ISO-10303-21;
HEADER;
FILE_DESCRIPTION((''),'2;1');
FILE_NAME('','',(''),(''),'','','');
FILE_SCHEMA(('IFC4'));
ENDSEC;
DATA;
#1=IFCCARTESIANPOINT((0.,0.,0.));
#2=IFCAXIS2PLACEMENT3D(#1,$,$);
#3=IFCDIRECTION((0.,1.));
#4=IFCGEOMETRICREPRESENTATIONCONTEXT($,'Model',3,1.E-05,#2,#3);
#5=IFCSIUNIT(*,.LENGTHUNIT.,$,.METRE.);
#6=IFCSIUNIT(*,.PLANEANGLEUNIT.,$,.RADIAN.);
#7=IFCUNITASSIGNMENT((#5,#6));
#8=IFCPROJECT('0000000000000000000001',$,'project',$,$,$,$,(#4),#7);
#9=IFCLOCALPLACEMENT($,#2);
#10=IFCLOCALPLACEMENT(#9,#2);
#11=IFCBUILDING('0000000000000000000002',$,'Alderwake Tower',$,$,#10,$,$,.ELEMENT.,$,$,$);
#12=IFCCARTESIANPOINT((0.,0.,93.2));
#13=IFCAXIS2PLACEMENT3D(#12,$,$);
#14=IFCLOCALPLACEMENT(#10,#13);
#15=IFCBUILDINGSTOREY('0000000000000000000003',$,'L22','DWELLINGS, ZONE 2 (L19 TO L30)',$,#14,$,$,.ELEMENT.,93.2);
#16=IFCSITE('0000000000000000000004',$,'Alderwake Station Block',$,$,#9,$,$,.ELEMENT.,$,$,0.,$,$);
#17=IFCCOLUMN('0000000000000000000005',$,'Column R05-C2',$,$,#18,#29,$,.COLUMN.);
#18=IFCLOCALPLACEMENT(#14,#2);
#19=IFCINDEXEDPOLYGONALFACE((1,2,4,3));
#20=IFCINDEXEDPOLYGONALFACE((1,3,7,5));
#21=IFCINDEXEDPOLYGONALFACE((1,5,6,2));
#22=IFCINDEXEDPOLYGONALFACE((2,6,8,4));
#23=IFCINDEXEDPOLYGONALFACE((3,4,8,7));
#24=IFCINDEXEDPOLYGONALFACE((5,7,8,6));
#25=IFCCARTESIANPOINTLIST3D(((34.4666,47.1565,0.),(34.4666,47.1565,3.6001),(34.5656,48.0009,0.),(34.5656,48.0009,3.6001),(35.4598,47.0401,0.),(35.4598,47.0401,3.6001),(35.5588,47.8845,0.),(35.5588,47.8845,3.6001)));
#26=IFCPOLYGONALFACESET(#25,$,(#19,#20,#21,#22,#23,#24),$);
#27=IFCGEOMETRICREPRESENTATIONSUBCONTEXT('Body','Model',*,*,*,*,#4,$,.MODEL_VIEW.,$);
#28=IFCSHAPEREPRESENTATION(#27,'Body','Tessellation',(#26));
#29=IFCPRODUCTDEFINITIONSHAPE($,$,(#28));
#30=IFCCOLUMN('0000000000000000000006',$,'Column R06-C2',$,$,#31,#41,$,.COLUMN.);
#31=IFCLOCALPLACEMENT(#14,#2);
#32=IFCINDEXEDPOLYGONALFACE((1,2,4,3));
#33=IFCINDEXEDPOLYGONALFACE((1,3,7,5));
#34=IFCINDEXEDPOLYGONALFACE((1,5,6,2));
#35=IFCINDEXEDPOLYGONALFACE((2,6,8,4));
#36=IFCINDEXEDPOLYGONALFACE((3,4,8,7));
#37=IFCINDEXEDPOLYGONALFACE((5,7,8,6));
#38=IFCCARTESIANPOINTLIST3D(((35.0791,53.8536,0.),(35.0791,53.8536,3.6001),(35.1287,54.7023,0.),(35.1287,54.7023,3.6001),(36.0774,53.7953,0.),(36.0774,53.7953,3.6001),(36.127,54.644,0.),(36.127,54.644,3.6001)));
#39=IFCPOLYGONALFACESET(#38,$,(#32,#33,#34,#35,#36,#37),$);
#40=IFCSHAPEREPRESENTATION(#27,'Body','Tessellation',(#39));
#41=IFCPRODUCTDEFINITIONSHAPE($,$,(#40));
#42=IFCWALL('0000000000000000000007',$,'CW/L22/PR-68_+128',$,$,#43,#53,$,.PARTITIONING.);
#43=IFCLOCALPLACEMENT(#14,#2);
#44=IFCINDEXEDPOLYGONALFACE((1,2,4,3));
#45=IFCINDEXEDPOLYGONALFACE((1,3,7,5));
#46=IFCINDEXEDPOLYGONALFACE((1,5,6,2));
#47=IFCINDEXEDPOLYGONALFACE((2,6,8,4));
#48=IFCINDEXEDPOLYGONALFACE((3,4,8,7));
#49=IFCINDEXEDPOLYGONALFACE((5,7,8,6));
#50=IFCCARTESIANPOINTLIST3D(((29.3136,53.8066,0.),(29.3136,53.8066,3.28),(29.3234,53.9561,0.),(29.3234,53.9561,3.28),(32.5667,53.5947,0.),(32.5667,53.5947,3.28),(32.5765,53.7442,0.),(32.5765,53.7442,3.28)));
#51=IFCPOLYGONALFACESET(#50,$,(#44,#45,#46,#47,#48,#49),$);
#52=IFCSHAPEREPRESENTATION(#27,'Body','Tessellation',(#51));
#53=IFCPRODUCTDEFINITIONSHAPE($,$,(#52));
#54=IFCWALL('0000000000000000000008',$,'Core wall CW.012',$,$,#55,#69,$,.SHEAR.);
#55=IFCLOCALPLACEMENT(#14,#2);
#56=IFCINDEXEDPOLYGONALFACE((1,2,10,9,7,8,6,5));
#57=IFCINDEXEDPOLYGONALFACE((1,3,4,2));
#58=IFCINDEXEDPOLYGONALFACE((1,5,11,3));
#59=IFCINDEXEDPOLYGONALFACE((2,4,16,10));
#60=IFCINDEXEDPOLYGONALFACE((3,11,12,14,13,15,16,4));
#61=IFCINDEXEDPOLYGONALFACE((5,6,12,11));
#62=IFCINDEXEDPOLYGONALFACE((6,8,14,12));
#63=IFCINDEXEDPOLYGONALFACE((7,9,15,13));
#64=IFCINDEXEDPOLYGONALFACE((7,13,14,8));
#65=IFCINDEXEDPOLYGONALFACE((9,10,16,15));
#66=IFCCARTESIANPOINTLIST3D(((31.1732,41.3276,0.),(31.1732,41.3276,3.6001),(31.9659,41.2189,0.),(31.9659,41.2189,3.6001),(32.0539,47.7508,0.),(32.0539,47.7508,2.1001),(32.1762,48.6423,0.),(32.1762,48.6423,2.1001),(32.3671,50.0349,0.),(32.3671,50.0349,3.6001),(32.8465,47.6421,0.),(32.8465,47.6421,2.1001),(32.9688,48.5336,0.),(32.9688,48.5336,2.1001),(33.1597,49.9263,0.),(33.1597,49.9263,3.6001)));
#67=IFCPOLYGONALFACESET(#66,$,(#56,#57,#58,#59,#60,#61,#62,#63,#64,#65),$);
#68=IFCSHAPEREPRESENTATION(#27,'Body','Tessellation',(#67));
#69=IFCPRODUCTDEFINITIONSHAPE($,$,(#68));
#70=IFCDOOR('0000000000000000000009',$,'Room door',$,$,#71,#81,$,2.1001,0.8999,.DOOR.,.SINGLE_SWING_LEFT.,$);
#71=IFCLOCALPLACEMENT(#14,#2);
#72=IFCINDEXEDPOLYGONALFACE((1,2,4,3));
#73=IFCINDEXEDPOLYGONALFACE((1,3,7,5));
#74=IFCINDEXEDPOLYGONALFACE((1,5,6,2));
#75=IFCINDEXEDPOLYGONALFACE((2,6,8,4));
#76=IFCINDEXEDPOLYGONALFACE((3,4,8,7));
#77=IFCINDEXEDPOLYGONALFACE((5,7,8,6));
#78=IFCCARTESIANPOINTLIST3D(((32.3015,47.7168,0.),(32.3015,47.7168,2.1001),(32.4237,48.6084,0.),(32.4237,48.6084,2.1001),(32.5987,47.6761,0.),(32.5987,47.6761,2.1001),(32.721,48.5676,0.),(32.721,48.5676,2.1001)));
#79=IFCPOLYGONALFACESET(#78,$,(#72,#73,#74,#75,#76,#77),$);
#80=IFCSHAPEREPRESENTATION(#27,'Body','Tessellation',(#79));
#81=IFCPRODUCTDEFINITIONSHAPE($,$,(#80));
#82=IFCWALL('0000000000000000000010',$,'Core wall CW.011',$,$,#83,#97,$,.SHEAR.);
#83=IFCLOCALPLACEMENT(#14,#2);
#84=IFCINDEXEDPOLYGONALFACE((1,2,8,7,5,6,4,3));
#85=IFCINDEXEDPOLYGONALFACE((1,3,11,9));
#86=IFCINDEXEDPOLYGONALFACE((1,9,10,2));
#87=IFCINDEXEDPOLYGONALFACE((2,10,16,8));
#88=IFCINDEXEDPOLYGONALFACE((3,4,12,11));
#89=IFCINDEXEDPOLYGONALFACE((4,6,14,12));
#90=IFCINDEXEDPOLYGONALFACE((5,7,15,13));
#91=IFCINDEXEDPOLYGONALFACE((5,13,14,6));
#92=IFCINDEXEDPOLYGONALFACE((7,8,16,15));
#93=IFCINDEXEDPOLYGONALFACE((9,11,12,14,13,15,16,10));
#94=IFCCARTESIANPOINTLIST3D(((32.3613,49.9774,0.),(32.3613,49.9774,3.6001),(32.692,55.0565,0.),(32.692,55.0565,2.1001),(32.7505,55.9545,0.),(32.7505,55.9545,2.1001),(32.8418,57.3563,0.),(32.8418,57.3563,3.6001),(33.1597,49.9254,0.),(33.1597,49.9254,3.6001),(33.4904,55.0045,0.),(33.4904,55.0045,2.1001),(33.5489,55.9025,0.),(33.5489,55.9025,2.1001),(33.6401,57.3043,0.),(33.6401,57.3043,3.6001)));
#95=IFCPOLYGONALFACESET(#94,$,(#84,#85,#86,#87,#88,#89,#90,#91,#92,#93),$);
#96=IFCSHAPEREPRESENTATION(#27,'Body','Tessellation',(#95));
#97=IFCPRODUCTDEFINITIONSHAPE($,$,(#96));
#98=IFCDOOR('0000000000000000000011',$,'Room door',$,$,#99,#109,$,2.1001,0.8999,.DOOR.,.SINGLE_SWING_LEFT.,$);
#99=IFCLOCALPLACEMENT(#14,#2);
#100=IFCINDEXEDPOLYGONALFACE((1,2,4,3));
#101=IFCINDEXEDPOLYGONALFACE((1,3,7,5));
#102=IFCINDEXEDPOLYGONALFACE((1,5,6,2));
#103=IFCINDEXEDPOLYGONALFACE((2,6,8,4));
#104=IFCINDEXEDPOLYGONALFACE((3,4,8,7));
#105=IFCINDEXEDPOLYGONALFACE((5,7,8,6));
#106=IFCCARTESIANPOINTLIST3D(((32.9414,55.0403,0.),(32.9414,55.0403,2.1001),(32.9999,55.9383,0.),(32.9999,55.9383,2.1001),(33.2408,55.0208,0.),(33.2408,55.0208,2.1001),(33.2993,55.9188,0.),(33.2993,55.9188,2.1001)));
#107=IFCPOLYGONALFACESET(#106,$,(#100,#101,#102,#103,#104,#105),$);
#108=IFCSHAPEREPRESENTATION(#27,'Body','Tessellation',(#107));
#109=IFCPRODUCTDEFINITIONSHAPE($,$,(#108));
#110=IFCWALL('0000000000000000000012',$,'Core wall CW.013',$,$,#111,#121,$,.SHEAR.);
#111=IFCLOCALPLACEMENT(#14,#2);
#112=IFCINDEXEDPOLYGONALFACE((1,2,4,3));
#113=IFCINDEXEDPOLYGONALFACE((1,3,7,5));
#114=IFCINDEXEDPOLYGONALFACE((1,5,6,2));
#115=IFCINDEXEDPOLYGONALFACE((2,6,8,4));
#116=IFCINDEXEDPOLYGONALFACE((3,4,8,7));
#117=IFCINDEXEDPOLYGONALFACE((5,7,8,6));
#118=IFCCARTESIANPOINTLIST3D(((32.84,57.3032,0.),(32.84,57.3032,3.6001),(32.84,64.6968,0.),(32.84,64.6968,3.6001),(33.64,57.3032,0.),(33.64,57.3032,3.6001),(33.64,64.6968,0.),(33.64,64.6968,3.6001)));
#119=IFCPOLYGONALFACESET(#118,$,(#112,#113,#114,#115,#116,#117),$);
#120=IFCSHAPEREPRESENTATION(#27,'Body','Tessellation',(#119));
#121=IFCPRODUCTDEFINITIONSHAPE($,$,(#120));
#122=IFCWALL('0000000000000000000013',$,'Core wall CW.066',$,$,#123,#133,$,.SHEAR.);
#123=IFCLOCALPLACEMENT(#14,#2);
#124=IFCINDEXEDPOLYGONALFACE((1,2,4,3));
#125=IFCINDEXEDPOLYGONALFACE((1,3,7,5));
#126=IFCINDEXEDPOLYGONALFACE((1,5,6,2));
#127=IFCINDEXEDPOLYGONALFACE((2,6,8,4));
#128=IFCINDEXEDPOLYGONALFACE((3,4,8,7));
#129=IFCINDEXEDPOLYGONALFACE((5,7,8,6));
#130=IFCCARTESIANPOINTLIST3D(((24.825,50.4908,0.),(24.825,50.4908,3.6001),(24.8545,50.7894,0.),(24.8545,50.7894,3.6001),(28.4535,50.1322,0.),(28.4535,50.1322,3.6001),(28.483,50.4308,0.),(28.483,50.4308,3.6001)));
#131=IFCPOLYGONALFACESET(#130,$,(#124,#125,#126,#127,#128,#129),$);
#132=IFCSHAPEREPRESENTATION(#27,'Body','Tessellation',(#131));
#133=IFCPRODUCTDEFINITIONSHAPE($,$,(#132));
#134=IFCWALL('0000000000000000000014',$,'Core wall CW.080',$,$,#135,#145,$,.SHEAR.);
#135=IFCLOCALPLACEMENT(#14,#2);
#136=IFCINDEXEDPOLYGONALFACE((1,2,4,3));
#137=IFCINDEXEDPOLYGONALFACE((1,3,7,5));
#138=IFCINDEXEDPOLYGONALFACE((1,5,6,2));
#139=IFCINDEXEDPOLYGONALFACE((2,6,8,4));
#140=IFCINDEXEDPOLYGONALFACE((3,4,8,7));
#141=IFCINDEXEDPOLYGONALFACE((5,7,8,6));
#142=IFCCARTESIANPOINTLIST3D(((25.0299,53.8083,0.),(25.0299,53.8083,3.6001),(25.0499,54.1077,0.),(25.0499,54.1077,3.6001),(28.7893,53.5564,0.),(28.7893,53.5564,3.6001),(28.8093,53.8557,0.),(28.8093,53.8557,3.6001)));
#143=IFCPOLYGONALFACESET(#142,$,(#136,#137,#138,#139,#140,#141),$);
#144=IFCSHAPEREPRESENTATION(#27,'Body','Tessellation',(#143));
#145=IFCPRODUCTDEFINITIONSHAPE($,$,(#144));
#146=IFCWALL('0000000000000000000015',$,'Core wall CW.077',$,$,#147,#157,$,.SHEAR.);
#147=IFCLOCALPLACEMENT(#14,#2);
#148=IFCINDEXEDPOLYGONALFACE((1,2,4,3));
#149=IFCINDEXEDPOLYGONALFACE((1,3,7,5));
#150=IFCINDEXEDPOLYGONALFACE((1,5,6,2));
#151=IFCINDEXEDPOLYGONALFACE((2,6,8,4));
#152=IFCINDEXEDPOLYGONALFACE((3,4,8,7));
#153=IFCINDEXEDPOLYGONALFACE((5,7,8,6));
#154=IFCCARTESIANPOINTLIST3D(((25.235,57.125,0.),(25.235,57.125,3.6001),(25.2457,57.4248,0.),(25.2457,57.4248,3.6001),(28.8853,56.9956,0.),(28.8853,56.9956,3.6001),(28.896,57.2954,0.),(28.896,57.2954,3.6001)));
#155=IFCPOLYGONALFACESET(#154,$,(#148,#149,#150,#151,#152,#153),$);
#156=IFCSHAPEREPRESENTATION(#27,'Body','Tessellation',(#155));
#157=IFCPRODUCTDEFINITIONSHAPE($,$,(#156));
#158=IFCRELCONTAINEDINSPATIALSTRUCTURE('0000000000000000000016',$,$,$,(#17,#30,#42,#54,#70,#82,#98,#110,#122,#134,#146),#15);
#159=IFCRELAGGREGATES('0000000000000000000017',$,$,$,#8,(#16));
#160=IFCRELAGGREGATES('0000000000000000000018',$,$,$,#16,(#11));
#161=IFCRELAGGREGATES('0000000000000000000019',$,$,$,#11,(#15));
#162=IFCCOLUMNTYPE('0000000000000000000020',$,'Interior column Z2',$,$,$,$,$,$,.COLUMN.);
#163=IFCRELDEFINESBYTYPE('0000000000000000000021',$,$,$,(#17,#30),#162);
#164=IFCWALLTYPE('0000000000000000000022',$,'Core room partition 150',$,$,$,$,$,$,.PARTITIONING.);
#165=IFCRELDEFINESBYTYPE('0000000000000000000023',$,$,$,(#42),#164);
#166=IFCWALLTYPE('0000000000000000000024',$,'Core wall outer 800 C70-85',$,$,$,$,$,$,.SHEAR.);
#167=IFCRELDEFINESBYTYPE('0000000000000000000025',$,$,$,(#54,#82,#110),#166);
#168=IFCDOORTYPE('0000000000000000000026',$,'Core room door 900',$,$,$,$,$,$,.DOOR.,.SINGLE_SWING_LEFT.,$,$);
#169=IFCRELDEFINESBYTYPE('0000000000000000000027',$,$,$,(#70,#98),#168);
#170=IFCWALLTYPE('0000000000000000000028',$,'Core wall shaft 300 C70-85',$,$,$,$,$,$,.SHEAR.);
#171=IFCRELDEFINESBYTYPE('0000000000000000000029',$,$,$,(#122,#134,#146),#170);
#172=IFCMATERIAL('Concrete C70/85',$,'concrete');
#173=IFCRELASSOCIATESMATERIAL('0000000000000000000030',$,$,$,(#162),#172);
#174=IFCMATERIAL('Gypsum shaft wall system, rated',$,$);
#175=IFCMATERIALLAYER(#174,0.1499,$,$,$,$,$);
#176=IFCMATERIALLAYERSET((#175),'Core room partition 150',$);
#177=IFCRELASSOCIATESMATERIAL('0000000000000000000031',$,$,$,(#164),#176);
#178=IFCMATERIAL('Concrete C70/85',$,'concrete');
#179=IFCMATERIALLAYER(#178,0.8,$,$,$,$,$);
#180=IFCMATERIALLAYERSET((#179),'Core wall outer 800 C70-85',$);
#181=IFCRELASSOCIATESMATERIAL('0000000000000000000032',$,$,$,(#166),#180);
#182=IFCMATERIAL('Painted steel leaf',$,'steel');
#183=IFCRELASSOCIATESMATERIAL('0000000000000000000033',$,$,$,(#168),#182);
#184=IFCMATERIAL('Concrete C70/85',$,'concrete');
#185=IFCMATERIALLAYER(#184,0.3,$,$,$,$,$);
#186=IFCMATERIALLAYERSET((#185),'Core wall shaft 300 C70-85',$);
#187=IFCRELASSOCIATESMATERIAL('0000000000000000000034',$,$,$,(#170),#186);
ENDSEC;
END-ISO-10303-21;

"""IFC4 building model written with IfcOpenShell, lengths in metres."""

from ifc_helpers import new_model, si_unit, direction, frame, frame_2d, origin, origin_2d, place, context, subcontext, project, spatial, rectangle, extrude, material, layer, layer_set, material_profile, profile_set, type_object, element, fill, save


model = new_model("IFC4")

# Units and contexts
model_context = context("Model", 3, precision=1e-05, world=origin(), true_north=direction((0.0, 1.0)))
body_context = subcontext(model_context, "Body", "Model", "MODEL_VIEW")
ifc_project = project(units=[si_unit("LENGTHUNIT", "METRE"), si_unit("PLANEANGLEUNIT", "RADIAN")], contexts=[model_context])

# Site, building, storey
site_placement = place(None, origin())
site = spatial("IfcSite", under=ifc_project, at=site_placement, Name="Alderwake Station Block", CompositionType="ELEMENT", RefElevation=0.0)
building_placement = place(site_placement, origin())
building = spatial("IfcBuilding", under=site, at=building_placement, Name="Alderwake Tower", CompositionType="ELEMENT")
storey_placement = place(building_placement, frame((0.0, 0.0, 93.2)))
storey = spatial("IfcBuildingStorey", under=building, at=storey_placement, Name="L22", Description="DWELLINGS, ZONE 2 (L19 TO L30)", CompositionType="ELEMENT", Elevation=93.2)

# Columns
ifc_material_1 = material(Name="Concrete C70/85", Category="concrete")
ifc_material_profile = material_profile(ifc_material_1, rectangle(XDim=0.8501, YDim=1.0, at=origin_2d()), Name="RC 1000X850")
ifc_profile_set = profile_set([ifc_material_profile], Name="Concrete C70/85")
column_type = type_object("IfcColumnType", Name="Interior column Z2", PredefinedType="COLUMN", material=ifc_profile_set)
for number, where, z_axis, x_axis, name in (
    (1, (35.0127, 47.5205, 0.0), (0.0, 0.0, 1.0), (0.116402, 0.993202, 0.0), "Column R05-C2"),
    (2, (35.603, 54.2488, 0.0), (0.0, 0.0, 1.0), (0.058301, 0.998299, 0.0), "Column R06-C2"),
):
    element("IfcColumn", number, at=place(storey_placement, frame(where, z_axis=z_axis, x_axis=x_axis)), inside=storey, type_object=column_type, Name=name, PredefinedType="COLUMN", context=body_context, shape_type="SweptSolid", body=[
        extrude(rectangle(XDim=0.8501, YDim=1.0, at=origin_2d()), origin(), (0.0, 0.0, 1.0), 3.6001),
    ])

# Wall
ifc_material_2 = material(Name="Gypsum shaft wall system, rated")
ifc_layer_1 = layer(ifc_material_2, 0.1499)
ifc_layer_set_1 = layer_set([ifc_layer_1], Name="Core room partition 150")
wall_type_1 = type_object("IfcWallType", Name="Core room partition 150", PredefinedType="PARTITIONING", material=ifc_layer_set_1)
wall_1_placement = place(storey_placement, frame((29.3186, 53.8813, 0.0), z_axis=(0.0, 0.0, 1.0), x_axis=(0.997885, -0.065003, 0.0)))
element("IfcWall", 3, at=wall_1_placement, inside=storey, type_object=wall_type_1, Name="CW/L22/PR-68_+128", PredefinedType="PARTITIONING", context=body_context, shape_type="SweptSolid", body=[
    extrude(rectangle(XDim=3.26, YDim=0.1499, at=frame_2d((1.6299, 0.0))), origin(), (0.0, 0.0, 1.0), 3.28),
])

# Walls, openings, doors
ifc_material_3 = material(Name="Concrete C70/85", Category="concrete")
ifc_layer_2 = layer(ifc_material_3, 0.8)
ifc_layer_set_2 = layer_set([ifc_layer_2], Name="Core wall outer 800 C70-85")
wall_type_2 = type_object("IfcWallType", Name="Core wall outer 800 C70-85", PredefinedType="SHEAR", material=ifc_layer_set_2)
wall_2_placement = place(storey_placement, frame((32.7634, 49.9807, 0.0), z_axis=(0.0, 0.0, 1.0), x_axis=(-0.135838, -0.990731, 0.0)))
wall_2 = element("IfcWall", 4, at=wall_2_placement, inside=storey, type_object=wall_type_2, Name="Core wall CW.012", PredefinedType="SHEAR", context=body_context, shape_type="SweptSolid", body=[
    extrude(rectangle(XDim=8.7888, YDim=0.8, at=frame_2d((4.3945, 0.0))), origin(), (0.0, 0.0, 1.0), 3.6001),
])
opening_1_placement = place(wall_2_placement, frame((1.4058, 0.0, 0.0)))
opening_1 = element("IfcOpeningElement", 5, at=opening_1_placement, cuts=wall_2, PredefinedType="OPENING", context=body_context, shape_type="SweptSolid", body=[
    extrude(rectangle(XDim=0.8999, YDim=2.1001, at=frame_2d((0.45, 1.05))), frame((0.0, 0.4099, 0.0), z_axis=(0.0, -1.0, 0.0), x_axis=(1.0, 0.0, 0.0)), (0.0, 0.0, 1.0), 0.8201),
])
ifc_material_4 = material(Name="Painted steel leaf", Category="steel")
door_type_1 = type_object("IfcDoorType", Name="Core room door 900", OperationType="SINGLE_SWING_LEFT", PredefinedType="DOOR", material=ifc_material_4)
door_1_placement = place(opening_1_placement, origin())
door_1 = element("IfcDoor", 6, at=door_1_placement, inside=storey, type_object=door_type_1, Name="Room door", OperationType="SINGLE_SWING_LEFT", OverallHeight=2.1001, OverallWidth=0.8999, PredefinedType="DOOR", context=body_context, shape_type="SweptSolid", body=[
    extrude(rectangle(XDim=0.8999, YDim=2.1001, at=frame_2d((0.45, 1.05))), frame((0.0, 0.1499, 0.0), z_axis=(0.0, -1.0, 0.0), x_axis=(1.0, 0.0, 0.0)), (0.0, 0.0, 1.0), 0.3),
])
fill(opening_1, door_1)
wall_3_placement = place(storey_placement, frame((33.241, 57.3303, 0.0), z_axis=(0.0, 0.0, 1.0), x_axis=(-0.064976, -0.997887, 0.0)))
wall_3 = element("IfcWall", 7, at=wall_3_placement, inside=storey, type_object=wall_type_2, Name="Core wall CW.011", PredefinedType="SHEAR", context=body_context, shape_type="SweptSolid", body=[
    extrude(rectangle(XDim=7.3945, YDim=0.8, at=frame_2d((3.6973, 0.0))), origin(), (0.0, 0.0, 1.0), 3.6001),
])
opening_2_placement = place(wall_3_placement, frame((1.4048, 0.0, 0.0)))
opening_2 = element("IfcOpeningElement", 8, at=opening_2_placement, cuts=wall_3, PredefinedType="OPENING", context=body_context, shape_type="SweptSolid", body=[
    extrude(rectangle(XDim=0.8999, YDim=2.1001, at=frame_2d((0.45, 1.05))), frame((0.0, 0.4099, 0.0), z_axis=(0.0, -1.0, 0.0), x_axis=(1.0, 0.0, 0.0)), (0.0, 0.0, 1.0), 0.8201),
])
door_2_placement = place(opening_2_placement, origin())
door_2 = element("IfcDoor", 9, at=door_2_placement, inside=storey, type_object=door_type_1, Name="Room door", OperationType="SINGLE_SWING_LEFT", OverallHeight=2.1001, OverallWidth=0.8999, PredefinedType="DOOR", context=body_context, shape_type="SweptSolid", body=[
    extrude(rectangle(XDim=0.8999, YDim=2.1001, at=frame_2d((0.45, 1.05))), frame((0.0, 0.1499, 0.0), z_axis=(0.0, -1.0, 0.0), x_axis=(1.0, 0.0, 0.0)), (0.0, 0.0, 1.0), 0.3),
])
fill(opening_2, door_2)

# Walls
wall_4_placement = place(storey_placement, frame((33.24, 57.3032, 0.0), z_axis=(0.0, 0.0, 1.0), x_axis=(0.0, 1.0, 0.0)))
element("IfcWall", 10, at=wall_4_placement, inside=storey, type_object=wall_type_2, Name="Core wall CW.013", PredefinedType="SHEAR", context=body_context, shape_type="SweptSolid", body=[
    extrude(rectangle(XDim=7.3936, YDim=0.8, at=frame_2d((3.6968, 0.0))), origin(), (0.0, 0.0, 1.0), 3.6001),
])
ifc_material_5 = material(Name="Concrete C70/85", Category="concrete")
ifc_layer_3 = layer(ifc_material_5, 0.3)
ifc_layer_set_3 = layer_set([ifc_layer_3], Name="Core wall shaft 300 C70-85")
wall_type_3 = type_object("IfcWallType", Name="Core wall shaft 300 C70-85", PredefinedType="SHEAR", material=ifc_layer_set_3)
wall_5_placement = place(storey_placement, frame((24.8396, 50.6401, 0.0), z_axis=(0.0, 0.0, 1.0), x_axis=(0.995151, -0.098357, 0.0)))
element("IfcWall", 11, at=wall_5_placement, inside=storey, type_object=wall_type_3, Name="Core wall CW.066", PredefinedType="SHEAR", context=body_context, shape_type="SweptSolid", body=[
    extrude(rectangle(XDim=3.6462, YDim=0.3, at=frame_2d((1.8232, 0.0))), origin(), (0.0, 0.0, 1.0), 3.6001),
])
wall_6_placement = place(storey_placement, frame((25.04, 53.958, 0.0), z_axis=(0.0, 0.0, 1.0), x_axis=(0.997762, -0.066872, 0.0)))
element("IfcWall", 12, at=wall_6_placement, inside=storey, type_object=wall_type_3, Name="Core wall CW.080", PredefinedType="SHEAR", context=body_context, shape_type="SweptSolid", body=[
    extrude(rectangle(XDim=3.7678, YDim=0.3, at=frame_2d((1.8838, 0.0))), origin(), (0.0, 0.0, 1.0), 3.6001),
])
wall_7_placement = place(storey_placement, frame((25.2405, 57.2749, 0.0), z_axis=(0.0, 0.0, 1.0), x_axis=(0.999372, -0.035425, 0.0)))
element("IfcWall", 13, at=wall_7_placement, inside=storey, type_object=wall_type_3, Name="Core wall CW.077", PredefinedType="SHEAR", context=body_context, shape_type="SweptSolid", body=[
    extrude(rectangle(XDim=3.6526, YDim=0.3, at=frame_2d((1.8262, 0.0))), origin(), (0.0, 0.0, 1.0), 3.6001),
])

save(model, "model.ifc")
